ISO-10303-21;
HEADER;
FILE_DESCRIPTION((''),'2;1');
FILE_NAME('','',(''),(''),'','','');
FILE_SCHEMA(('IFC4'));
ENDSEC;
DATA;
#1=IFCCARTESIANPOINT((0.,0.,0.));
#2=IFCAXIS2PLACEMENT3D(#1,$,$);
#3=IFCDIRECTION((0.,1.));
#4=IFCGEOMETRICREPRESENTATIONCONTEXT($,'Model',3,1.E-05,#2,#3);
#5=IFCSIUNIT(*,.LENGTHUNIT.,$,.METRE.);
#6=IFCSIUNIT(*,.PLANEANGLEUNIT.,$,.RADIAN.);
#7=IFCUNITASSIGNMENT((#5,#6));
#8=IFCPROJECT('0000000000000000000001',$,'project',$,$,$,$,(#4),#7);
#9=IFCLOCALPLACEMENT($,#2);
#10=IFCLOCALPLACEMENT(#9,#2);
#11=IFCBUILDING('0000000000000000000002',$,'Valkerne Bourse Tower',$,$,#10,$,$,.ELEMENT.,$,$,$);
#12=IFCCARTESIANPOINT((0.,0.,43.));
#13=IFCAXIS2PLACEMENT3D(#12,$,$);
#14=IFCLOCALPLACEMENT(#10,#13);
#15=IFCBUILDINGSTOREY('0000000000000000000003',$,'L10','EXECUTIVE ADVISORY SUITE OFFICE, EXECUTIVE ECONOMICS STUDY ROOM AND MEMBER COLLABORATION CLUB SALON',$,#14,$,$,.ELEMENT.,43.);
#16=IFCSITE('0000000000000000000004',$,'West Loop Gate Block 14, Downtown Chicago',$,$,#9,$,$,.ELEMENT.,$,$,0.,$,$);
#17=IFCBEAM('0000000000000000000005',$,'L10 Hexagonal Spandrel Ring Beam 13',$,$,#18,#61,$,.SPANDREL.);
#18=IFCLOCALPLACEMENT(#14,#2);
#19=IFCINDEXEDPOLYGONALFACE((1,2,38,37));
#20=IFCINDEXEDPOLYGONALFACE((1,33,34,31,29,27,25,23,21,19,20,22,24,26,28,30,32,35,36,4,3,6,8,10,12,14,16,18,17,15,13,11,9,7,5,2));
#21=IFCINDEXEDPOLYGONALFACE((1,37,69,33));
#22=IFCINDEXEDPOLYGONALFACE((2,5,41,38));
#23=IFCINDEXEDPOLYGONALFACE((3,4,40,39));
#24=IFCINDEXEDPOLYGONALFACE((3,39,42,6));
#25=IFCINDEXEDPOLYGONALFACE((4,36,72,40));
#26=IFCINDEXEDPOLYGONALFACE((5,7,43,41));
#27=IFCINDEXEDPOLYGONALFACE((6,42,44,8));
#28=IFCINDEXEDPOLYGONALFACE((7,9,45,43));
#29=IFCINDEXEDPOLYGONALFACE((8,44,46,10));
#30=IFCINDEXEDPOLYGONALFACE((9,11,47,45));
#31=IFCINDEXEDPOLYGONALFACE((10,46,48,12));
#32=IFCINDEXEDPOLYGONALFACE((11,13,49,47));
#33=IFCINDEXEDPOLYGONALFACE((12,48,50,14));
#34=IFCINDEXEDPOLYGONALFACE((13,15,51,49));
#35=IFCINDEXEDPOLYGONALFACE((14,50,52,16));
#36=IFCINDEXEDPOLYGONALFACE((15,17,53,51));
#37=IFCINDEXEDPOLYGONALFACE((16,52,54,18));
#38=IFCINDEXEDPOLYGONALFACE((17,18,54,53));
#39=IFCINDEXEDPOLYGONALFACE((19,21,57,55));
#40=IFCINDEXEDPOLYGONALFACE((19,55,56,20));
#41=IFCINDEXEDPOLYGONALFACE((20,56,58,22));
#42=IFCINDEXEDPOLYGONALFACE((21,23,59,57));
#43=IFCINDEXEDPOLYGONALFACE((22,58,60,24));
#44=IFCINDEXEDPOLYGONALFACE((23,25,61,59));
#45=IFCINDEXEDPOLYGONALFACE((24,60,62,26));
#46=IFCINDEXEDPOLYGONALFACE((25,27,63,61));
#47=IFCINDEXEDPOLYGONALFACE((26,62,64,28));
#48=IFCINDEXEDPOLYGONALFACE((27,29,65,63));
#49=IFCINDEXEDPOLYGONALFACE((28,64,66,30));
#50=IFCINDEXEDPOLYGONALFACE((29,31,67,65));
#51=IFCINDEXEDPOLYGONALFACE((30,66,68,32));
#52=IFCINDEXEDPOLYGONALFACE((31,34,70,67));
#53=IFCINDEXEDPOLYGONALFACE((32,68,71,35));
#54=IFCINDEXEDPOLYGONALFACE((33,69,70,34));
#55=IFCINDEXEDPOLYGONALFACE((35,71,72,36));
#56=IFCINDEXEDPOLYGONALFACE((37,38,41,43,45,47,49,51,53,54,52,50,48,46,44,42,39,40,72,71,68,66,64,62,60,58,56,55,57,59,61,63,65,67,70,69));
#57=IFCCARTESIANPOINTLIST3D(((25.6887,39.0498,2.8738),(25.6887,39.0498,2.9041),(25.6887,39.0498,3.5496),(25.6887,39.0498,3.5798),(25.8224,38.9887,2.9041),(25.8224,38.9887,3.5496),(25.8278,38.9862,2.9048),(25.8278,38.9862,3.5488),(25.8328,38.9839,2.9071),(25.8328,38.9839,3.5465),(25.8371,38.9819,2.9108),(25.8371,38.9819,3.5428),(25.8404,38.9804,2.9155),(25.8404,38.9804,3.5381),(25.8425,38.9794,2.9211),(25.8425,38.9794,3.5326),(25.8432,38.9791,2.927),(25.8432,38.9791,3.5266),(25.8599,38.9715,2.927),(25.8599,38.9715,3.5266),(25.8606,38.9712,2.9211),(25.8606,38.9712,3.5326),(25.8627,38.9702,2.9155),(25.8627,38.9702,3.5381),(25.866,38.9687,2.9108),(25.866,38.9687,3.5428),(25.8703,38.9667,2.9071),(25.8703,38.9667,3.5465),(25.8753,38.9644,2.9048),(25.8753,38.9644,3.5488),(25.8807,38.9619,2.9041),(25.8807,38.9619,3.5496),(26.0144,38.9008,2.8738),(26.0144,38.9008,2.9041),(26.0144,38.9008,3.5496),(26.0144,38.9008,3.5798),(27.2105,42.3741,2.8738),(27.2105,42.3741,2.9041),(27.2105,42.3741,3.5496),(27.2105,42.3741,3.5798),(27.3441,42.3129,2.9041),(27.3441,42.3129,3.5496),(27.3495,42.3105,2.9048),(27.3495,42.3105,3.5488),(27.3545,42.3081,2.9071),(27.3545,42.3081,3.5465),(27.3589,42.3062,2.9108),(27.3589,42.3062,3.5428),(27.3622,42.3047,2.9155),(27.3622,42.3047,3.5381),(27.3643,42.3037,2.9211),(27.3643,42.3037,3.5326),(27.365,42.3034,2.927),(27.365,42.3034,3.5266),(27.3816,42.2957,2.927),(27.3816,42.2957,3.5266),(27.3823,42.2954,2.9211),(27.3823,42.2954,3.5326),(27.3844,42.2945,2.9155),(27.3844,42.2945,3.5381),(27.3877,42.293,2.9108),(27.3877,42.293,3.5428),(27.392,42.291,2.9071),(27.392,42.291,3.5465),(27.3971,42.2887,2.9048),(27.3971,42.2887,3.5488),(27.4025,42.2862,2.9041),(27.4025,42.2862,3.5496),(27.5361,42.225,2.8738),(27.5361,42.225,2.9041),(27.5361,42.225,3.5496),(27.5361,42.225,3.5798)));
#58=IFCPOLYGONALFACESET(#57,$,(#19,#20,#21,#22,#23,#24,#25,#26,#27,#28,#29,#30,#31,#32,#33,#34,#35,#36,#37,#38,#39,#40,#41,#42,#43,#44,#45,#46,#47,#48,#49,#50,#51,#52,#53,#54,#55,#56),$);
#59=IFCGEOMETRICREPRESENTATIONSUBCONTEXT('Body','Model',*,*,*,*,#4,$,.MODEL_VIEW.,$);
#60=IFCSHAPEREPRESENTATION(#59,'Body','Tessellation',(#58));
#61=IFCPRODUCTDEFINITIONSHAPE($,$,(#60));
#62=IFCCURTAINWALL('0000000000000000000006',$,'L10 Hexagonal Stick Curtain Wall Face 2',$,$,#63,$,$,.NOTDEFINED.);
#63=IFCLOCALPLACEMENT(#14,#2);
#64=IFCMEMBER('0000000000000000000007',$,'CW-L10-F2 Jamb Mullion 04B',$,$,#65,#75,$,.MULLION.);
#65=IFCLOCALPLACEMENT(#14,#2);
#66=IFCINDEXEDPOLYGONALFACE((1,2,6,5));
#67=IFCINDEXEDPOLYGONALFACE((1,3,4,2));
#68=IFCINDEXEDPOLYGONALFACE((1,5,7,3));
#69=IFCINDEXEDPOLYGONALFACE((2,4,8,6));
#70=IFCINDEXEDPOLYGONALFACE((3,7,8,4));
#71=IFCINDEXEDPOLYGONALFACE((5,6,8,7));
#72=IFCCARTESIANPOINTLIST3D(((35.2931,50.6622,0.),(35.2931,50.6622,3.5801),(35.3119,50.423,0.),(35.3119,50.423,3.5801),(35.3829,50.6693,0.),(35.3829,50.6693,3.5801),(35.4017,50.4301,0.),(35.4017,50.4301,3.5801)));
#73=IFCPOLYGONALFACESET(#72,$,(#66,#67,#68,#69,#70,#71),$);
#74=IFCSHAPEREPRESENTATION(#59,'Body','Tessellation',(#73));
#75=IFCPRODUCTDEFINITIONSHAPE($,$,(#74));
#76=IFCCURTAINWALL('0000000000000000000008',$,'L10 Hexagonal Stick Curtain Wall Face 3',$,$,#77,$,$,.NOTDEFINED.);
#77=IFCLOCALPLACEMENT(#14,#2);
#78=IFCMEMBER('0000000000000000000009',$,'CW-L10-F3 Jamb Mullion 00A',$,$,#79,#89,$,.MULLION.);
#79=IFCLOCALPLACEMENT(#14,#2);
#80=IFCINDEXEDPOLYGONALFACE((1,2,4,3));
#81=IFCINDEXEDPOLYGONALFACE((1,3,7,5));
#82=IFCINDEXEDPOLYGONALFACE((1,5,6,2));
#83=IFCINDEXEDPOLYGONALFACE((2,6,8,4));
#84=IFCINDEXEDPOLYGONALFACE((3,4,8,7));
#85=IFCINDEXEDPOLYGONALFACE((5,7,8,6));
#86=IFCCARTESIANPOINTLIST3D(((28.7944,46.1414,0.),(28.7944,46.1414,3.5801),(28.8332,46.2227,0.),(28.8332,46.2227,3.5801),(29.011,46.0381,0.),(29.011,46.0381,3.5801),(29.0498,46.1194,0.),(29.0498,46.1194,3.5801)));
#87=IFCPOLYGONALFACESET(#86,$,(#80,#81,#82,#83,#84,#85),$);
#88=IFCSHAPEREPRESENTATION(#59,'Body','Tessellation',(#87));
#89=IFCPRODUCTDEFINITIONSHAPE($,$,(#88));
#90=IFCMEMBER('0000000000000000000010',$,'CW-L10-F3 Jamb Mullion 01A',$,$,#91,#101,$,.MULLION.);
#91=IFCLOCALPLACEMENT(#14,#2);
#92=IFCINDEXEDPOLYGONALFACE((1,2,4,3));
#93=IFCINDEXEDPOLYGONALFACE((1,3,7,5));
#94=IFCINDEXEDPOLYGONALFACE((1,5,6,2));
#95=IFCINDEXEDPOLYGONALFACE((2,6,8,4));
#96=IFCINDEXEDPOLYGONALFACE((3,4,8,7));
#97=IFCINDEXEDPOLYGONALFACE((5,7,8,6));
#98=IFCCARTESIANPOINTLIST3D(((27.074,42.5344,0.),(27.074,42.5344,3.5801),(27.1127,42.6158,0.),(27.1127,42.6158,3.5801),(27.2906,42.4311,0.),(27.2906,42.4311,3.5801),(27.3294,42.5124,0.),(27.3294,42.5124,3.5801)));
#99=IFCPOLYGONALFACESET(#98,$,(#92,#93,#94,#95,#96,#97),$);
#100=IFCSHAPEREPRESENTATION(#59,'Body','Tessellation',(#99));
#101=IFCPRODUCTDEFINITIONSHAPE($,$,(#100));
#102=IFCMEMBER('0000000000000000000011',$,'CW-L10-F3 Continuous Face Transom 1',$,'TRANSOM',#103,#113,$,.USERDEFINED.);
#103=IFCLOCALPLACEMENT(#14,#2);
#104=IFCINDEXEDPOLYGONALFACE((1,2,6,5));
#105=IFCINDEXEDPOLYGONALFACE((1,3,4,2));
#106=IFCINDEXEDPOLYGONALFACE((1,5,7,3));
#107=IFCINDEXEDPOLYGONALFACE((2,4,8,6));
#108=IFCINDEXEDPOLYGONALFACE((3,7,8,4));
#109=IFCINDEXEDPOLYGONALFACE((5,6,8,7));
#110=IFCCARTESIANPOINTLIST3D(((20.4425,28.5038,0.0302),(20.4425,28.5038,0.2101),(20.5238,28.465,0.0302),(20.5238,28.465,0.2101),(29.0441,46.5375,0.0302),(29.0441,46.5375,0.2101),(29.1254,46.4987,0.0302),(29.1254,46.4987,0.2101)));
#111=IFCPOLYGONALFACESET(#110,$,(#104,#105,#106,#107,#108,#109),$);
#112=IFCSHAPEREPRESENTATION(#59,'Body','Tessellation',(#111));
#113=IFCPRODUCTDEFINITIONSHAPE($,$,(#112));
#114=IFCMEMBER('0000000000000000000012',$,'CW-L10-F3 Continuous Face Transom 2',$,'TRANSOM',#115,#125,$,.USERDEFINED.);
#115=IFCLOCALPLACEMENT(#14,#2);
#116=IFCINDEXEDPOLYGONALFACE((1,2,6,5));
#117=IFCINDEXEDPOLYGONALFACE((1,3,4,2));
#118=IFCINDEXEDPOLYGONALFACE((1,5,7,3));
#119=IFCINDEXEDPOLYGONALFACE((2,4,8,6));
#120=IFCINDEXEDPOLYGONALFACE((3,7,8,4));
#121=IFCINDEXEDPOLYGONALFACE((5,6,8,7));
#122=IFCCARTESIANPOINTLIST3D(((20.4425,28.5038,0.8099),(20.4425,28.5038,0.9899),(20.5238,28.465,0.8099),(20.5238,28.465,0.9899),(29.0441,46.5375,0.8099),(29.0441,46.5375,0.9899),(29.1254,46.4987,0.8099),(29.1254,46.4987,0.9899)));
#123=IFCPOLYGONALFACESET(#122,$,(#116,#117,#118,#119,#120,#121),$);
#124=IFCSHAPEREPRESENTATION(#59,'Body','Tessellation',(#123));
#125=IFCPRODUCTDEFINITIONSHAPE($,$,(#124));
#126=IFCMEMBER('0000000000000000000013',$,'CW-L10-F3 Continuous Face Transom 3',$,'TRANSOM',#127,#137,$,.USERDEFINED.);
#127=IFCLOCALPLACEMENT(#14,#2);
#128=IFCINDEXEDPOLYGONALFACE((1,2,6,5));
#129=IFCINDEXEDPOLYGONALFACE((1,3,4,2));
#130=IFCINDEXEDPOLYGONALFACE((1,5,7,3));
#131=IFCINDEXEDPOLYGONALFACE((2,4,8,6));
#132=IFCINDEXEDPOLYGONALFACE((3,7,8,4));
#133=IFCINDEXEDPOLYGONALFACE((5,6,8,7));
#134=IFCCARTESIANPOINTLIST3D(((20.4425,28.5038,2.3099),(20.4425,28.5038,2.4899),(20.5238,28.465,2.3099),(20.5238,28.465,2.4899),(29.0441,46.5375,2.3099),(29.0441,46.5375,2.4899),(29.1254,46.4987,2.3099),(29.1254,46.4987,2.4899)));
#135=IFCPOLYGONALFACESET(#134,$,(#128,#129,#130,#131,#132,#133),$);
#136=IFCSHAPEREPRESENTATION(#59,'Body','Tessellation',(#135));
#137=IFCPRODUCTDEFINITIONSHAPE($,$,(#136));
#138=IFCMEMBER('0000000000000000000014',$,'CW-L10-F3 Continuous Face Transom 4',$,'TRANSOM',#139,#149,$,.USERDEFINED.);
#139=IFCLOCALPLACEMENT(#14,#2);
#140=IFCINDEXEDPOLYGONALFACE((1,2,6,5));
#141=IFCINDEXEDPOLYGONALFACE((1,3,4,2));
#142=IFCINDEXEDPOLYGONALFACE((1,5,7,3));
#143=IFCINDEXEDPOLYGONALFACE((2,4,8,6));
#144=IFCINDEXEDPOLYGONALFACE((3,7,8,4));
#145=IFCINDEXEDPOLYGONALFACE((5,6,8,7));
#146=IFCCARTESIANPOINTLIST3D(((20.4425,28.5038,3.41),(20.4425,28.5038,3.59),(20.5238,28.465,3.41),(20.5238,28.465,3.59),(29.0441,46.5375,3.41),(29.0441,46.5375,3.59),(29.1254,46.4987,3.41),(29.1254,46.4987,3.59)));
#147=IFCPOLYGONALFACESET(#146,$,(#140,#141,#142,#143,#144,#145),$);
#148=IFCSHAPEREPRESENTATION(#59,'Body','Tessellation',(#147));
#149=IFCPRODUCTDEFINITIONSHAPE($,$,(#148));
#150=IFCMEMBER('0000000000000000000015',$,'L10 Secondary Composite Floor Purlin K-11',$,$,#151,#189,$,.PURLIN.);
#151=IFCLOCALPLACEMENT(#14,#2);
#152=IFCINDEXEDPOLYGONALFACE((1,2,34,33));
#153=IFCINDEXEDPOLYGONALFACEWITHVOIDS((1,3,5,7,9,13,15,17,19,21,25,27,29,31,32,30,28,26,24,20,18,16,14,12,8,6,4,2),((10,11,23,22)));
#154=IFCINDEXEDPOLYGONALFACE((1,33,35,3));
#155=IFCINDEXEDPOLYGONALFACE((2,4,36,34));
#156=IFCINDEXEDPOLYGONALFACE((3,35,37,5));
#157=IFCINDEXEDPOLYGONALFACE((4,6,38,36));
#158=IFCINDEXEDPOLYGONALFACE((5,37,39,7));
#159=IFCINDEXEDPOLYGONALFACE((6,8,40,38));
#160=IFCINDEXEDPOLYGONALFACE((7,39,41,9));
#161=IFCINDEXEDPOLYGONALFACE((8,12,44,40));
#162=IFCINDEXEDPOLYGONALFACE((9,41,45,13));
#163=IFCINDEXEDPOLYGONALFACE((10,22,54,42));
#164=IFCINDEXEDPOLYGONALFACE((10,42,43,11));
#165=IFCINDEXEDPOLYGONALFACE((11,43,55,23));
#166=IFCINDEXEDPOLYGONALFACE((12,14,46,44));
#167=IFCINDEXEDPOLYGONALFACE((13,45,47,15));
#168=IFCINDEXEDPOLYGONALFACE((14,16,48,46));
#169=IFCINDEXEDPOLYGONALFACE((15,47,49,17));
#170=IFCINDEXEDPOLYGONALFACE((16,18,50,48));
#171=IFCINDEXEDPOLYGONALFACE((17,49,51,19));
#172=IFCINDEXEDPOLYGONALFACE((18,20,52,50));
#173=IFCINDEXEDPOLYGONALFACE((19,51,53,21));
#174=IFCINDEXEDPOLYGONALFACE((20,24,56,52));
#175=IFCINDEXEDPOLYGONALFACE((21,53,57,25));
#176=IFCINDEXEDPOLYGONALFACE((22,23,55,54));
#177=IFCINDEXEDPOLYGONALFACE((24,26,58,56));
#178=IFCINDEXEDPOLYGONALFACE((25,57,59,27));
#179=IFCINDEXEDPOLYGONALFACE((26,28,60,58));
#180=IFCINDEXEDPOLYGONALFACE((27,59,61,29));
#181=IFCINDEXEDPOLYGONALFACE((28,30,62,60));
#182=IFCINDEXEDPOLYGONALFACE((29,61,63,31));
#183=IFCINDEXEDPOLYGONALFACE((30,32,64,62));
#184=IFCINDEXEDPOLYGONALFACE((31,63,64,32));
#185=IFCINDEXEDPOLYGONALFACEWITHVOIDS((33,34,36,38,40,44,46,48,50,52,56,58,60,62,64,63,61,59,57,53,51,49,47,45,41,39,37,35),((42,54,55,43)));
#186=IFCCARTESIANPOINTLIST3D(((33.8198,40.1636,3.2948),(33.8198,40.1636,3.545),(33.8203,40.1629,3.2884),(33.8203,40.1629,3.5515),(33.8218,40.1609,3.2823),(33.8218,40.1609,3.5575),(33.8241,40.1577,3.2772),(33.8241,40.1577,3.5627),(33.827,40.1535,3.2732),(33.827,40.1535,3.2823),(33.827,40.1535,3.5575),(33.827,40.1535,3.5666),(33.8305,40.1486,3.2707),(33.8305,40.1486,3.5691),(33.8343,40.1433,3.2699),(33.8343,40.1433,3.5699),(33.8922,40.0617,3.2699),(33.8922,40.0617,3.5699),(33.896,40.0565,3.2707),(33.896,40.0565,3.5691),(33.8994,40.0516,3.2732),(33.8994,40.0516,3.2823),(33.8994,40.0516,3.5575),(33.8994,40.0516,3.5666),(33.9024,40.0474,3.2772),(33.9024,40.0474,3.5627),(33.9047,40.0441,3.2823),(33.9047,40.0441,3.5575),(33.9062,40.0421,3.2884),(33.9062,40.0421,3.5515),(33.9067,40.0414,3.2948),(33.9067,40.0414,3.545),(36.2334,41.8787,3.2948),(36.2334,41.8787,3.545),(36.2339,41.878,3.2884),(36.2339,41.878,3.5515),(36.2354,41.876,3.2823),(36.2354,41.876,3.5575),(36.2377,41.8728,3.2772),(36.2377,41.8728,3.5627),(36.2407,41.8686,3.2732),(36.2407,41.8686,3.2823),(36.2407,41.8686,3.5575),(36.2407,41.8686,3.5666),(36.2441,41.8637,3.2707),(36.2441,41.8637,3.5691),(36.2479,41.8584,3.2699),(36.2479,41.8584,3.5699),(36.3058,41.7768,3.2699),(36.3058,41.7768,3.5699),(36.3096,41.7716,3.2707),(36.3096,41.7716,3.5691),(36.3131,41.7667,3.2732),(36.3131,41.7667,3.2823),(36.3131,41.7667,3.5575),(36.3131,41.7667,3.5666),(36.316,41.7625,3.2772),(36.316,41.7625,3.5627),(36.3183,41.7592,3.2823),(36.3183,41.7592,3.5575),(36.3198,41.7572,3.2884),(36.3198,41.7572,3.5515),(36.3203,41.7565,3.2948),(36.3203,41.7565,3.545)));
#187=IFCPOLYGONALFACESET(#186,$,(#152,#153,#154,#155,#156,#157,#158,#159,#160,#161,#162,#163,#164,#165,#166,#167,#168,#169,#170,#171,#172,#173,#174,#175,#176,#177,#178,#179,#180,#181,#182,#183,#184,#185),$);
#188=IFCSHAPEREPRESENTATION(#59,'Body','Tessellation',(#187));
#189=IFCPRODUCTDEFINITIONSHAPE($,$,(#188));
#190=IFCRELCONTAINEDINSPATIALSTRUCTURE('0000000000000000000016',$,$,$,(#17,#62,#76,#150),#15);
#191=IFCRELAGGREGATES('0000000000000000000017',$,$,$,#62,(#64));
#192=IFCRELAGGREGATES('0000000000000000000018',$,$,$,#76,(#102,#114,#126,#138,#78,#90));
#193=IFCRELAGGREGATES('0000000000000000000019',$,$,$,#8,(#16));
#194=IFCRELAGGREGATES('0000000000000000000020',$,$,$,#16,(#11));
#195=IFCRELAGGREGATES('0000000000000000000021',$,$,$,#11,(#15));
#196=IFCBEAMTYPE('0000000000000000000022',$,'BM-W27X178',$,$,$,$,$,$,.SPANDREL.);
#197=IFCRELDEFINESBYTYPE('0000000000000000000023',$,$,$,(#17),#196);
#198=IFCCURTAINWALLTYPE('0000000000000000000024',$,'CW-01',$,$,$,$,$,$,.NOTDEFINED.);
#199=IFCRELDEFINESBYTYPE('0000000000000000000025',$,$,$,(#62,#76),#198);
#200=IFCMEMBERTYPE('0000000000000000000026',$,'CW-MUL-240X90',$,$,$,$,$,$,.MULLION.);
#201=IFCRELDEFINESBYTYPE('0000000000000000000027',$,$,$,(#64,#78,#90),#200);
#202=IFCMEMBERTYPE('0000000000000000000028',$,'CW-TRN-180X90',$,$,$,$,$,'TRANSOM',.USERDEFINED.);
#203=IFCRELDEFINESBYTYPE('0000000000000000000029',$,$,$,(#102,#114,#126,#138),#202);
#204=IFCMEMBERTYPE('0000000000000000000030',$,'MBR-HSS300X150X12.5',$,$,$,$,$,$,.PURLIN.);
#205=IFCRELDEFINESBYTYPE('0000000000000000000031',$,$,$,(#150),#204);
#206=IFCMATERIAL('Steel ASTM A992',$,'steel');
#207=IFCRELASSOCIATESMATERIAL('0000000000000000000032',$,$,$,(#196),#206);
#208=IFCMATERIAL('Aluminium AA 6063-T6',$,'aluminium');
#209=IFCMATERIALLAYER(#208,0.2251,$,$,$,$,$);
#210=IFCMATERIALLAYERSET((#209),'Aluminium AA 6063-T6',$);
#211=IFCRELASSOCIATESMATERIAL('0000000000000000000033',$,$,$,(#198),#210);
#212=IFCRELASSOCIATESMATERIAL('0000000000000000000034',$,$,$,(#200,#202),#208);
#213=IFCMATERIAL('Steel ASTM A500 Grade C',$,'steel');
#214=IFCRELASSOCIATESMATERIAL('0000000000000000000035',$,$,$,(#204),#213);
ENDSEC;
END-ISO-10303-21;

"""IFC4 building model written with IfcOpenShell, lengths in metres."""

from ifc_helpers import new_model, si_unit, direction, frame, origin, origin_2d, place, context, subcontext, project, spatial, rectangle, hollow_rectangle, i_section, extrude, material, layer, layer_set, material_profile, profile_set, type_object, element, aggregate, save


model = new_model("IFC4")

# Units and contexts
model_context = context("Model", 3, precision=1e-05, world=origin(), true_north=direction((0.0, 1.0)))
body_context = subcontext(model_context, "Body", "Model", "MODEL_VIEW")
ifc_project = project(units=[si_unit("LENGTHUNIT", "METRE"), si_unit("PLANEANGLEUNIT", "RADIAN")], contexts=[model_context])

# Site, building, storey
site_placement = place(None, origin())
site = spatial("IfcSite", under=ifc_project, at=site_placement, Name="West Loop Gate Block 14, Downtown Chicago", CompositionType="ELEMENT", RefElevation=0.0)
building_placement = place(site_placement, origin())
building = spatial("IfcBuilding", under=site, at=building_placement, Name="Valkerne Bourse Tower", CompositionType="ELEMENT")
storey_placement = place(building_placement, frame((0.0, 0.0, 43.0)))
storey = spatial("IfcBuildingStorey", under=building, at=storey_placement, Name="L10", Description="EXECUTIVE ADVISORY SUITE OFFICE, EXECUTIVE ECONOMICS STUDY ROOM AND MEMBER COLLABORATION CLUB SALON", CompositionType="ELEMENT", Elevation=43.0)

# Beam
ifc_material_1 = material(Name="Steel ASTM A992", Category="steel")
ifc_material_profile_1 = material_profile(ifc_material_1, i_section(OverallWidth=0.3582, OverallDepth=0.7061, WebThickness=0.0183, FlangeThickness=0.0303, FilletRadius=0.0229, at=origin_2d()), Name="W27X178")
ifc_profile_set_1 = profile_set([ifc_material_profile_1], Name="Steel ASTM A992")
beam_type_1 = type_object("IfcBeamType", Name="BM-W27X178", PredefinedType="SPANDREL", material=ifc_profile_set_1)
for number, where, z_axis, x_axis, name in (
    (1, (27.3733, 42.2996, 3.2268), (-0.416232, -0.909259, 0.0), (0.909259, -0.416232, 0.0), "L10 Hexagonal Spandrel Ring Beam 13"),
):
    element("IfcBeam", number, at=place(storey_placement, frame(where, z_axis=z_axis, x_axis=x_axis)), inside=storey, type_object=beam_type_1, Name=name, PredefinedType="SPANDREL", context=body_context, shape_type="SweptSolid", body=[
        extrude(i_section(OverallWidth=0.3582, OverallDepth=0.7061, WebThickness=0.0183, FlangeThickness=0.0303, FilletRadius=0.0229, at=origin_2d()), origin(), (0.0, 0.0, 1.0), 3.656),
    ])

# Curtain wall, member
ifc_material_2 = material(Name="Aluminium AA 6063-T6", Category="aluminium")
ifc_layer_1 = layer(ifc_material_2, 0.2251)
ifc_layer_set_1 = layer_set([ifc_layer_1], Name="Aluminium AA 6063-T6")
curtain_wall_type = type_object("IfcCurtainWallType", Name="CW-01", PredefinedType="NOTDEFINED", material=ifc_layer_set_1)
curtain_wall_1_placement = place(storey_placement, origin())
curtain_wall_1 = element("IfcCurtainWall", 2, at=curtain_wall_1_placement, inside=storey, type_object=curtain_wall_type, Name="L10 Hexagonal Stick Curtain Wall Face 2", PredefinedType="NOTDEFINED")
ifc_material_profile_2 = material_profile(ifc_material_2, rectangle(XDim=0.0901, YDim=0.24, at=origin_2d()), Name="CWM-90X240")
ifc_profile_set_2 = profile_set([ifc_material_profile_2], Name="Aluminium AA 6063-T6")
member_type_1 = type_object("IfcMemberType", Name="CW-MUL-240X90", PredefinedType="MULLION", material=ifc_profile_set_2)
member_1_placement = place(storey_placement, frame((35.3474, 50.5461, 0.0), z_axis=(0.0, 0.0, 1.0), x_axis=(-0.996918, -0.078455, 0.0)))
member_1 = element("IfcMember", 3, at=member_1_placement, type_object=member_type_1, Name="CW-L10-F2 Jamb Mullion 04B", PredefinedType="MULLION", context=body_context, shape_type="SweptSolid", body=[
    extrude(rectangle(XDim=0.0901, YDim=0.24, at=origin_2d()), origin(), (0.0, 0.0, 1.0), 3.5801),
])

# Curtain wall, members
curtain_wall_2_placement = place(storey_placement, origin())
curtain_wall_2 = element("IfcCurtainWall", 4, at=curtain_wall_2_placement, inside=storey, type_object=curtain_wall_type, Name="L10 Hexagonal Stick Curtain Wall Face 3", PredefinedType="NOTDEFINED")
member_2_placement = place(storey_placement, frame((28.9221, 46.1304, 0.0), z_axis=(0.0, 0.0, 1.0), x_axis=(-0.4305, -0.902591, 0.0)))
member_2 = element("IfcMember", 5, at=member_2_placement, type_object=member_type_1, Name="CW-L10-F3 Jamb Mullion 00A", PredefinedType="MULLION", context=body_context, shape_type="SweptSolid", body=[
    extrude(rectangle(XDim=0.0901, YDim=0.24, at=origin_2d()), origin(), (0.0, 0.0, 1.0), 3.5801),
])
member_3_placement = place(storey_placement, frame((27.2017, 42.5234, 0.0), z_axis=(0.0, 0.0, 1.0), x_axis=(-0.43053, -0.902576, 0.0)))
member_3 = element("IfcMember", 6, at=member_3_placement, type_object=member_type_1, Name="CW-L10-F3 Jamb Mullion 01A", PredefinedType="MULLION", context=body_context, shape_type="SweptSolid", body=[
    extrude(rectangle(XDim=0.0901, YDim=0.24, at=origin_2d()), origin(), (0.0, 0.0, 1.0), 3.5801),
])
ifc_material_profile_3 = material_profile(ifc_material_2, rectangle(XDim=0.0901, YDim=0.1799, at=origin_2d()), Name="CWT-90X180")
ifc_profile_set_3 = profile_set([ifc_material_profile_3], Name="Aluminium AA 6063-T6")
member_type_2 = type_object("IfcMemberType", Name="CW-TRN-180X90", ElementType="TRANSOM", PredefinedType="USERDEFINED", material=ifc_profile_set_3)
member_4_placement = place(storey_placement, frame((29.0847, 46.5181, 0.1201), z_axis=(-0.430508, -0.902587, 0.0), x_axis=(0.902587, -0.430508, 0.0)))
member_4 = element("IfcMember", 7, at=member_4_placement, type_object=member_type_2, Name="CW-L10-F3 Continuous Face Transom 1", ObjectType="TRANSOM", PredefinedType="USERDEFINED", context=body_context, shape_type="SweptSolid", body=[
    extrude(rectangle(XDim=0.0901, YDim=0.1799, at=origin_2d()), origin(), (0.0, 0.0, 1.0), 19.98),
])
member_5_placement = place(storey_placement, frame((29.0847, 46.5181, 0.8999), z_axis=(-0.430508, -0.902587, 0.0), x_axis=(0.902587, -0.430508, 0.0)))
member_5 = element("IfcMember", 8, at=member_5_placement, type_object=member_type_2, Name="CW-L10-F3 Continuous Face Transom 2", ObjectType="TRANSOM", PredefinedType="USERDEFINED", context=body_context, shape_type="SweptSolid", body=[
    extrude(rectangle(XDim=0.0901, YDim=0.1799, at=origin_2d()), origin(), (0.0, 0.0, 1.0), 19.98),
])
member_6_placement = place(storey_placement, frame((29.0847, 46.5181, 2.3999), z_axis=(-0.430508, -0.902587, 0.0), x_axis=(0.902587, -0.430508, 0.0)))
member_6 = element("IfcMember", 9, at=member_6_placement, type_object=member_type_2, Name="CW-L10-F3 Continuous Face Transom 3", ObjectType="TRANSOM", PredefinedType="USERDEFINED", context=body_context, shape_type="SweptSolid", body=[
    extrude(rectangle(XDim=0.0901, YDim=0.1799, at=origin_2d()), origin(), (0.0, 0.0, 1.0), 19.98),
])
member_7_placement = place(storey_placement, frame((29.0847, 46.5181, 3.5), z_axis=(-0.430508, -0.902587, 0.0), x_axis=(0.902587, -0.430508, 0.0)))
member_7 = element("IfcMember", 10, at=member_7_placement, type_object=member_type_2, Name="CW-L10-F3 Continuous Face Transom 4", ObjectType="TRANSOM", PredefinedType="USERDEFINED", context=body_context, shape_type="SweptSolid", body=[
    extrude(rectangle(XDim=0.0901, YDim=0.1799, at=origin_2d()), origin(), (0.0, 0.0, 1.0), 19.98),
])

# Member
ifc_material_3 = material(Name="Steel ASTM A500 Grade C", Category="steel")
ifc_material_profile_4 = material_profile(ifc_material_3, hollow_rectangle(XDim=0.1499, YDim=0.3, WallThickness=0.0125, OuterFilletRadius=0.0249, at=origin_2d()), Name="HSS300X150X12.5")
ifc_profile_set_4 = profile_set([ifc_material_profile_4], Name="Steel ASTM A500 Grade C")
member_type_3 = type_object("IfcMemberType", Name="MBR-HSS300X150X12.5", PredefinedType="PURLIN", material=ifc_profile_set_4)
member_8_placement = place(storey_placement, frame((36.2769, 41.8176, 3.4199), z_axis=(-0.815152, -0.579248, 0.0), x_axis=(0.579248, -0.815152, 0.0)))
element("IfcMember", 11, at=member_8_placement, inside=storey, type_object=member_type_3, Name="L10 Secondary Composite Floor Purlin K-11", PredefinedType="PURLIN", context=body_context, shape_type="SweptSolid", body=[
    extrude(hollow_rectangle(XDim=0.1499, YDim=0.3, WallThickness=0.0125, OuterFilletRadius=0.0249, at=origin_2d()), origin(), (0.0, 0.0, 1.0), 2.9609),
])

aggregate(curtain_wall_1, [member_1])
aggregate(curtain_wall_2, [member_4, member_5, member_6, member_7, member_2, member_3])

save(model, "model.ifc")
